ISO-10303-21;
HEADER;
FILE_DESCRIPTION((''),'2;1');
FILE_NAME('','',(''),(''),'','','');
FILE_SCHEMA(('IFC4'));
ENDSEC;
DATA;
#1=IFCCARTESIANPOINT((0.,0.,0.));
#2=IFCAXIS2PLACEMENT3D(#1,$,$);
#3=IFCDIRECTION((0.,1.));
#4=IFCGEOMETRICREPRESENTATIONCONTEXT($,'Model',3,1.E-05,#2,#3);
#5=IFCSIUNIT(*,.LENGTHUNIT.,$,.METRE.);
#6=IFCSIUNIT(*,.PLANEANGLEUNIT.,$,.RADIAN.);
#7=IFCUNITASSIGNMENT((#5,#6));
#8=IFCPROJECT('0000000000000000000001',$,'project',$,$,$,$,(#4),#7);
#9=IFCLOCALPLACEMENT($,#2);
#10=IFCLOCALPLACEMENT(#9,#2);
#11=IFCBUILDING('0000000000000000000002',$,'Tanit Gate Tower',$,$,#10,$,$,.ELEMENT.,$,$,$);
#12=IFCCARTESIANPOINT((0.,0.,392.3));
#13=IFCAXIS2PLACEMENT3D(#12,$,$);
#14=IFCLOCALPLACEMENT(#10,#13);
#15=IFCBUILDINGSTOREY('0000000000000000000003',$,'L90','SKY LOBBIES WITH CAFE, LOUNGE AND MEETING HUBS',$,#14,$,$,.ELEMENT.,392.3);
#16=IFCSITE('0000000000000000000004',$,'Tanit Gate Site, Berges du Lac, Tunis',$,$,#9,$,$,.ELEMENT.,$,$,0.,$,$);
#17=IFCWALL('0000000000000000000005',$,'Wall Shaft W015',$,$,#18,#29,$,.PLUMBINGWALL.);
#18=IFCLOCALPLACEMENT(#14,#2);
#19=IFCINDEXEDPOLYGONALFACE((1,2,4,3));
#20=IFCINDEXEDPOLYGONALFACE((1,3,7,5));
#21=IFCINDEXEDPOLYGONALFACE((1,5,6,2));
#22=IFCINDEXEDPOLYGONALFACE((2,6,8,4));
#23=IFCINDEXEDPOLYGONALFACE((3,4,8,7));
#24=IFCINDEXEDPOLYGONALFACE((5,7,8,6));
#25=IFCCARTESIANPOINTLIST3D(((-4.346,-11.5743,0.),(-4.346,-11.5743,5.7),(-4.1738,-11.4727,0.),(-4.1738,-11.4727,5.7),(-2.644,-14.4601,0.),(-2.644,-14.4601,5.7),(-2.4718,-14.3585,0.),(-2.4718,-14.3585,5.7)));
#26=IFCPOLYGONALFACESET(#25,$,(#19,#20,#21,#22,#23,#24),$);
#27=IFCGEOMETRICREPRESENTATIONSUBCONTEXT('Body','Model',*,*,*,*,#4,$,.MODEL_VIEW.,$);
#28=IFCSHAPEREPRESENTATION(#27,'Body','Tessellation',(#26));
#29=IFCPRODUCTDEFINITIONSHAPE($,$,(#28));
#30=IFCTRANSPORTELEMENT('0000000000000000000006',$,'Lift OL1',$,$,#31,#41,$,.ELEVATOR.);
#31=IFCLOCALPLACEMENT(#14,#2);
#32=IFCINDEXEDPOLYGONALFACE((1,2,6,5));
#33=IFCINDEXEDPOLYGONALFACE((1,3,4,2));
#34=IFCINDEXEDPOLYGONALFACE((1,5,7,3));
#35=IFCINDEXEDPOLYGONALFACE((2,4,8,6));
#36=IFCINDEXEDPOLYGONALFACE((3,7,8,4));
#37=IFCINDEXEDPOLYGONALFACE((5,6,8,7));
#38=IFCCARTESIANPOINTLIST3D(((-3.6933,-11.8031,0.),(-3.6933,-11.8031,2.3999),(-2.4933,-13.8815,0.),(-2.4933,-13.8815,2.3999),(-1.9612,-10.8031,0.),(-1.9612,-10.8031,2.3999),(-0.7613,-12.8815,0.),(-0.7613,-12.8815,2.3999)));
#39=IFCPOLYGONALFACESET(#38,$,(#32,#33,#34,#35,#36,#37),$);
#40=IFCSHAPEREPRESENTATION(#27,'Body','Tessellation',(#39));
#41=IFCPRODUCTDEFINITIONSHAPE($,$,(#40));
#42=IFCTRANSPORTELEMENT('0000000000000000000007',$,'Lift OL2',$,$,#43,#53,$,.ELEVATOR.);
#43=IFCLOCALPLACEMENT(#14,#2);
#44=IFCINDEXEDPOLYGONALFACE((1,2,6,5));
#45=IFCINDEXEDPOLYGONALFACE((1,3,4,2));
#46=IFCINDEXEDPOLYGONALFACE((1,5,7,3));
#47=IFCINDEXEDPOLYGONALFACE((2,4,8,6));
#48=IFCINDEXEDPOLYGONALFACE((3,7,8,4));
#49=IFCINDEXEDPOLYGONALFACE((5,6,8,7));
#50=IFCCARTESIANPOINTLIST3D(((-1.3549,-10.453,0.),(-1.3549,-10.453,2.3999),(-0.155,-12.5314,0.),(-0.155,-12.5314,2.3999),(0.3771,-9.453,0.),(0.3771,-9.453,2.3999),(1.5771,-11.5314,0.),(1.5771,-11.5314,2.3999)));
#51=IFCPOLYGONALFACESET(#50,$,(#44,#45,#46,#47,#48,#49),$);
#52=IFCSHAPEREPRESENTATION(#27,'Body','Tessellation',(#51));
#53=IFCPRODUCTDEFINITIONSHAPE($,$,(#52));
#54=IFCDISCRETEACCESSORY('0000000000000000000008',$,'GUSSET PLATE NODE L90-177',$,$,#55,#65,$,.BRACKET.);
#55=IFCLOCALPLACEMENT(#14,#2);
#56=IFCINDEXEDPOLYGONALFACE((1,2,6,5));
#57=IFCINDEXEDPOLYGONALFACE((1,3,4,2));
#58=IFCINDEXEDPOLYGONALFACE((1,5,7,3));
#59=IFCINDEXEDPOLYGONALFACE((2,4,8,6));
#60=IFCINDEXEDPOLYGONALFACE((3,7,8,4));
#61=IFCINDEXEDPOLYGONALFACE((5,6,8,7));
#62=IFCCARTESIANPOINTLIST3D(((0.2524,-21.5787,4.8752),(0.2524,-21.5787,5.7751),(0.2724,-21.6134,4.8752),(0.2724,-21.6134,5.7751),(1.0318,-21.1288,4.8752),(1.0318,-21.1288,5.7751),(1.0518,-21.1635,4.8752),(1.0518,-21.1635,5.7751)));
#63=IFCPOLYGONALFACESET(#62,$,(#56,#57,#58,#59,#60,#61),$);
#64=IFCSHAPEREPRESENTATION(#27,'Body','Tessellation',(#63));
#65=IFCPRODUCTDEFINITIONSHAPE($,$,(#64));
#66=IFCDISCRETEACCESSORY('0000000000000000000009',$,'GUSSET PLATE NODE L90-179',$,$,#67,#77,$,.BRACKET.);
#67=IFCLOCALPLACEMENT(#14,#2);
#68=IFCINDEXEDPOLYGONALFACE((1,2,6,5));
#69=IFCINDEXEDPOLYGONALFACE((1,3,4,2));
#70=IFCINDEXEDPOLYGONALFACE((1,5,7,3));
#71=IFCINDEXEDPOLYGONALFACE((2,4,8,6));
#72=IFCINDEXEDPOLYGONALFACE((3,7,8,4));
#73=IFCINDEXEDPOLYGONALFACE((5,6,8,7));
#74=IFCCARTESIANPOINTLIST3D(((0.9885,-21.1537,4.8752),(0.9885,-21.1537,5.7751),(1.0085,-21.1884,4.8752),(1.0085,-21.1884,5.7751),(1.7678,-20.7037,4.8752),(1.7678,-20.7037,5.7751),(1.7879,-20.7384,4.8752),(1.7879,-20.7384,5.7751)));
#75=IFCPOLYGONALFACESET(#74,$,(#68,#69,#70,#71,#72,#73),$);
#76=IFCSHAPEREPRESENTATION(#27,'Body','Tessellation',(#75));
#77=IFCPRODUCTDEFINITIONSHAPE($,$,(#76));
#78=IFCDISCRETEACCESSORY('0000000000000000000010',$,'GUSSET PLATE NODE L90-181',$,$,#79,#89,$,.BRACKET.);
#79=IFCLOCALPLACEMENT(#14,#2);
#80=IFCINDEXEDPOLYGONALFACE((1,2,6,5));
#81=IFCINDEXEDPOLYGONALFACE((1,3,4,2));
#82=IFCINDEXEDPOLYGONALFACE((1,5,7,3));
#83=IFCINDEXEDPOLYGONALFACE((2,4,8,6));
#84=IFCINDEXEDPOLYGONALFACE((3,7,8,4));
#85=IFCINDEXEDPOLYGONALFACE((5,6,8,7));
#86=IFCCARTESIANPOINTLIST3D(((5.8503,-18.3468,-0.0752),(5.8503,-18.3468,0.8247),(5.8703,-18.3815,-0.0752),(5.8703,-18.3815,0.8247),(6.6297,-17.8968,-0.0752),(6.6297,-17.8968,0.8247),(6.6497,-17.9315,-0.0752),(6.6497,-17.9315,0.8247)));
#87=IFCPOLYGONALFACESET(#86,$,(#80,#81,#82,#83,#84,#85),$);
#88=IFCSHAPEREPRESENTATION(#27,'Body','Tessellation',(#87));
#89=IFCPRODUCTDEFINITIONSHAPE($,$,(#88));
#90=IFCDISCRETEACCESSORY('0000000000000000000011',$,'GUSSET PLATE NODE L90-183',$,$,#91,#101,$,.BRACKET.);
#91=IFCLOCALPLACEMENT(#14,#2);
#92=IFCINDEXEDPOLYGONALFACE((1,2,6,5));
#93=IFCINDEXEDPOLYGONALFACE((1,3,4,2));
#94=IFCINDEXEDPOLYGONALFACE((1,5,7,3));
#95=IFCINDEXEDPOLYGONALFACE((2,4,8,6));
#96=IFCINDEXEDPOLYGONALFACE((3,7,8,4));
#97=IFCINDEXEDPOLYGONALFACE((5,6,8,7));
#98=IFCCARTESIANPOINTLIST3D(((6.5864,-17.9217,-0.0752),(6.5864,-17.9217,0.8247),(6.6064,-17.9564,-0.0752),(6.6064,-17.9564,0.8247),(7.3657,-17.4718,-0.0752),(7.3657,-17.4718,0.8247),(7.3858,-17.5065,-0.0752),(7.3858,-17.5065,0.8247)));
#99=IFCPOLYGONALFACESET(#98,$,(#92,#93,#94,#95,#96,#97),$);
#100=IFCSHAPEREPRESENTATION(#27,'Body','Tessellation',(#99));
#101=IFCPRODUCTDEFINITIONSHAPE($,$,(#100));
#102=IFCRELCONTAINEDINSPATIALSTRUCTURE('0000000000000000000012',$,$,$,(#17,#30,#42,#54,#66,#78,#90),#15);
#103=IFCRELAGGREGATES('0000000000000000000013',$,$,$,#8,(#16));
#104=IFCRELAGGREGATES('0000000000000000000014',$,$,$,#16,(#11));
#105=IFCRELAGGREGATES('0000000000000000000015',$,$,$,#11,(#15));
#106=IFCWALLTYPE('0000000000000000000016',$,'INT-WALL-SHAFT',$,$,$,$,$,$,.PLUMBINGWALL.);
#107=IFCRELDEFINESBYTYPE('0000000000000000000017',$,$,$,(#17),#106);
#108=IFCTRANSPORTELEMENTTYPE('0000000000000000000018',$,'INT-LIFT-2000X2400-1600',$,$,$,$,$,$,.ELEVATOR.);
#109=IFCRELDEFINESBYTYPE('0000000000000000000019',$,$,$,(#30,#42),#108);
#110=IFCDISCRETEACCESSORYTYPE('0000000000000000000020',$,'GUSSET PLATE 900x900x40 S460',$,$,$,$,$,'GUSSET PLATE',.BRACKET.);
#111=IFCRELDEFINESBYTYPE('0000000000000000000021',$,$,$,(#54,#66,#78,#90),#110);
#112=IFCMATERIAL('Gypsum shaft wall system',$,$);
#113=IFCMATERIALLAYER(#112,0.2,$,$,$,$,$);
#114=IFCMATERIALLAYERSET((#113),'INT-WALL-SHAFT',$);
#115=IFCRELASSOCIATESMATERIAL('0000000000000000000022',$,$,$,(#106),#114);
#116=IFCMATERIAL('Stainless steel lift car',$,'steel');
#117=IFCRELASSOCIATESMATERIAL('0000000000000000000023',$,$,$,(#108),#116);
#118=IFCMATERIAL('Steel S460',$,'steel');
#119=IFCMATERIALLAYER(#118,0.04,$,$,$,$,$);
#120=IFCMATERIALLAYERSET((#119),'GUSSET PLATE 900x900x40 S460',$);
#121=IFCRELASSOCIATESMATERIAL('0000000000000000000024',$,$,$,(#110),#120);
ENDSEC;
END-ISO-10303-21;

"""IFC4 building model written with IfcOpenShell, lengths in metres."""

from ifc_helpers import new_model, si_unit, direction, frame, frame_2d, origin, origin_2d, place, context, subcontext, project, spatial, rectangle, extrude, material, layer, layer_set, type_object, element, save


model = new_model("IFC4")

# Units and contexts
model_context = context("Model", 3, precision=1e-05, world=origin(), true_north=direction((0.0, 1.0)))
body_context = subcontext(model_context, "Body", "Model", "MODEL_VIEW")
ifc_project = project(units=[si_unit("LENGTHUNIT", "METRE"), si_unit("PLANEANGLEUNIT", "RADIAN")], contexts=[model_context])

# Site, building, storey
site_placement = place(None, origin())
site = spatial("IfcSite", under=ifc_project, at=site_placement, Name="Tanit Gate Site, Berges du Lac, Tunis", CompositionType="ELEMENT", RefElevation=0.0)
building_placement = place(site_placement, origin())
building = spatial("IfcBuilding", under=site, at=building_placement, Name="Tanit Gate Tower", CompositionType="ELEMENT")
storey_placement = place(building_placement, frame((0.0, 0.0, 392.3)))
storey = spatial("IfcBuildingStorey", under=building, at=storey_placement, Name="L90", Description="SKY LOBBIES WITH CAFE, LOUNGE AND MEETING HUBS", CompositionType="ELEMENT", Elevation=392.3)

# Wall
ifc_material_1 = material(Name="Gypsum shaft wall system")
ifc_layer_1 = layer(ifc_material_1, 0.2)
ifc_layer_set_1 = layer_set([ifc_layer_1], Name="INT-WALL-SHAFT")
wall_type_1 = type_object("IfcWallType", Name="INT-WALL-SHAFT", PredefinedType="PLUMBINGWALL", material=ifc_layer_set_1)
wall_1_placement = place(storey_placement, frame((-2.5579, -14.4094, 0.0), z_axis=(0.0, 0.0, 1.0), x_axis=(-0.507997, 0.861359, 0.0)))
element("IfcWall", 1, at=wall_1_placement, inside=storey, type_object=wall_type_1, Name="Wall Shaft W015", PredefinedType="PLUMBINGWALL", context=body_context, shape_type="SweptSolid", body=[
    extrude(rectangle(XDim=3.3503, YDim=0.2, at=frame_2d((1.6753, 0.0))), origin(), (0.0, 0.0, 1.0), 5.7),
])

# Transport elements
ifc_material_2 = material(Name="Stainless steel lift car", Category="steel")
transport_element_type = type_object("IfcTransportElementType", Name="INT-LIFT-2000X2400-1600", PredefinedType="ELEVATOR", material=ifc_material_2)
for number, where, z_axis, x_axis, name in (
    (2, (-2.2273, -12.3423, 0.0), (0.0, 0.0, 1.0), (0.866025, 0.5, 0.0), "Lift OL1"),
    (3, (0.1111, -10.9922, 0.0), (0.0, 0.0, 1.0), (0.866025, 0.5, 0.0), "Lift OL2"),
):
    element("IfcTransportElement", number, at=place(storey_placement, frame(where, z_axis=z_axis, x_axis=x_axis)), inside=storey, type_object=transport_element_type, Name=name, PredefinedType="ELEVATOR", context=body_context, shape_type="SweptSolid", body=[
        extrude(rectangle(XDim=2.0, YDim=2.3999, at=origin_2d()), origin(), (0.0, 0.0, 1.0), 2.3999),
    ])

# Discrete accessories
ifc_material_3 = material(Name="Steel S460", Category="steel")
ifc_layer_2 = layer(ifc_material_3, 0.04)
ifc_layer_set_2 = layer_set([ifc_layer_2], Name="GUSSET PLATE 900x900x40 S460")
discrete_accessory_type = type_object("IfcDiscreteAccessoryType", Name="GUSSET PLATE 900x900x40 S460", ElementType="GUSSET PLATE", PredefinedType="BRACKET", material=ifc_layer_set_2)
for number, where, z_axis, x_axis, name in (
    (4, (0.6521, -21.3711, 4.8752), (0.0, 0.0, 1.0), (-0.866025, -0.5, 0.0), "GUSSET PLATE NODE L90-177"),
    (5, (1.3882, -20.946, 4.8752), (0.0, 0.0, 1.0), (0.866025, 0.5, 0.0), "GUSSET PLATE NODE L90-179"),
    (6, (6.25, -18.1392, -0.0752), (0.0, 0.0, 1.0), (-0.866025, -0.5, 0.0), "GUSSET PLATE NODE L90-181"),
    (7, (6.9861, -17.7141, -0.0752), (0.0, 0.0, 1.0), (0.866025, 0.5, 0.0), "GUSSET PLATE NODE L90-183"),
):
    element("IfcDiscreteAccessory", number, at=place(storey_placement, frame(where, z_axis=z_axis, x_axis=x_axis)), inside=storey, type_object=discrete_accessory_type, Name=name, PredefinedType="BRACKET", context=body_context, shape_type="SweptSolid", body=[
        extrude(rectangle(XDim=0.8999, YDim=0.04, at=origin_2d()), origin(), (0.0, 0.0, 1.0), 0.8999),
    ])

save(model, "model.ifc")
